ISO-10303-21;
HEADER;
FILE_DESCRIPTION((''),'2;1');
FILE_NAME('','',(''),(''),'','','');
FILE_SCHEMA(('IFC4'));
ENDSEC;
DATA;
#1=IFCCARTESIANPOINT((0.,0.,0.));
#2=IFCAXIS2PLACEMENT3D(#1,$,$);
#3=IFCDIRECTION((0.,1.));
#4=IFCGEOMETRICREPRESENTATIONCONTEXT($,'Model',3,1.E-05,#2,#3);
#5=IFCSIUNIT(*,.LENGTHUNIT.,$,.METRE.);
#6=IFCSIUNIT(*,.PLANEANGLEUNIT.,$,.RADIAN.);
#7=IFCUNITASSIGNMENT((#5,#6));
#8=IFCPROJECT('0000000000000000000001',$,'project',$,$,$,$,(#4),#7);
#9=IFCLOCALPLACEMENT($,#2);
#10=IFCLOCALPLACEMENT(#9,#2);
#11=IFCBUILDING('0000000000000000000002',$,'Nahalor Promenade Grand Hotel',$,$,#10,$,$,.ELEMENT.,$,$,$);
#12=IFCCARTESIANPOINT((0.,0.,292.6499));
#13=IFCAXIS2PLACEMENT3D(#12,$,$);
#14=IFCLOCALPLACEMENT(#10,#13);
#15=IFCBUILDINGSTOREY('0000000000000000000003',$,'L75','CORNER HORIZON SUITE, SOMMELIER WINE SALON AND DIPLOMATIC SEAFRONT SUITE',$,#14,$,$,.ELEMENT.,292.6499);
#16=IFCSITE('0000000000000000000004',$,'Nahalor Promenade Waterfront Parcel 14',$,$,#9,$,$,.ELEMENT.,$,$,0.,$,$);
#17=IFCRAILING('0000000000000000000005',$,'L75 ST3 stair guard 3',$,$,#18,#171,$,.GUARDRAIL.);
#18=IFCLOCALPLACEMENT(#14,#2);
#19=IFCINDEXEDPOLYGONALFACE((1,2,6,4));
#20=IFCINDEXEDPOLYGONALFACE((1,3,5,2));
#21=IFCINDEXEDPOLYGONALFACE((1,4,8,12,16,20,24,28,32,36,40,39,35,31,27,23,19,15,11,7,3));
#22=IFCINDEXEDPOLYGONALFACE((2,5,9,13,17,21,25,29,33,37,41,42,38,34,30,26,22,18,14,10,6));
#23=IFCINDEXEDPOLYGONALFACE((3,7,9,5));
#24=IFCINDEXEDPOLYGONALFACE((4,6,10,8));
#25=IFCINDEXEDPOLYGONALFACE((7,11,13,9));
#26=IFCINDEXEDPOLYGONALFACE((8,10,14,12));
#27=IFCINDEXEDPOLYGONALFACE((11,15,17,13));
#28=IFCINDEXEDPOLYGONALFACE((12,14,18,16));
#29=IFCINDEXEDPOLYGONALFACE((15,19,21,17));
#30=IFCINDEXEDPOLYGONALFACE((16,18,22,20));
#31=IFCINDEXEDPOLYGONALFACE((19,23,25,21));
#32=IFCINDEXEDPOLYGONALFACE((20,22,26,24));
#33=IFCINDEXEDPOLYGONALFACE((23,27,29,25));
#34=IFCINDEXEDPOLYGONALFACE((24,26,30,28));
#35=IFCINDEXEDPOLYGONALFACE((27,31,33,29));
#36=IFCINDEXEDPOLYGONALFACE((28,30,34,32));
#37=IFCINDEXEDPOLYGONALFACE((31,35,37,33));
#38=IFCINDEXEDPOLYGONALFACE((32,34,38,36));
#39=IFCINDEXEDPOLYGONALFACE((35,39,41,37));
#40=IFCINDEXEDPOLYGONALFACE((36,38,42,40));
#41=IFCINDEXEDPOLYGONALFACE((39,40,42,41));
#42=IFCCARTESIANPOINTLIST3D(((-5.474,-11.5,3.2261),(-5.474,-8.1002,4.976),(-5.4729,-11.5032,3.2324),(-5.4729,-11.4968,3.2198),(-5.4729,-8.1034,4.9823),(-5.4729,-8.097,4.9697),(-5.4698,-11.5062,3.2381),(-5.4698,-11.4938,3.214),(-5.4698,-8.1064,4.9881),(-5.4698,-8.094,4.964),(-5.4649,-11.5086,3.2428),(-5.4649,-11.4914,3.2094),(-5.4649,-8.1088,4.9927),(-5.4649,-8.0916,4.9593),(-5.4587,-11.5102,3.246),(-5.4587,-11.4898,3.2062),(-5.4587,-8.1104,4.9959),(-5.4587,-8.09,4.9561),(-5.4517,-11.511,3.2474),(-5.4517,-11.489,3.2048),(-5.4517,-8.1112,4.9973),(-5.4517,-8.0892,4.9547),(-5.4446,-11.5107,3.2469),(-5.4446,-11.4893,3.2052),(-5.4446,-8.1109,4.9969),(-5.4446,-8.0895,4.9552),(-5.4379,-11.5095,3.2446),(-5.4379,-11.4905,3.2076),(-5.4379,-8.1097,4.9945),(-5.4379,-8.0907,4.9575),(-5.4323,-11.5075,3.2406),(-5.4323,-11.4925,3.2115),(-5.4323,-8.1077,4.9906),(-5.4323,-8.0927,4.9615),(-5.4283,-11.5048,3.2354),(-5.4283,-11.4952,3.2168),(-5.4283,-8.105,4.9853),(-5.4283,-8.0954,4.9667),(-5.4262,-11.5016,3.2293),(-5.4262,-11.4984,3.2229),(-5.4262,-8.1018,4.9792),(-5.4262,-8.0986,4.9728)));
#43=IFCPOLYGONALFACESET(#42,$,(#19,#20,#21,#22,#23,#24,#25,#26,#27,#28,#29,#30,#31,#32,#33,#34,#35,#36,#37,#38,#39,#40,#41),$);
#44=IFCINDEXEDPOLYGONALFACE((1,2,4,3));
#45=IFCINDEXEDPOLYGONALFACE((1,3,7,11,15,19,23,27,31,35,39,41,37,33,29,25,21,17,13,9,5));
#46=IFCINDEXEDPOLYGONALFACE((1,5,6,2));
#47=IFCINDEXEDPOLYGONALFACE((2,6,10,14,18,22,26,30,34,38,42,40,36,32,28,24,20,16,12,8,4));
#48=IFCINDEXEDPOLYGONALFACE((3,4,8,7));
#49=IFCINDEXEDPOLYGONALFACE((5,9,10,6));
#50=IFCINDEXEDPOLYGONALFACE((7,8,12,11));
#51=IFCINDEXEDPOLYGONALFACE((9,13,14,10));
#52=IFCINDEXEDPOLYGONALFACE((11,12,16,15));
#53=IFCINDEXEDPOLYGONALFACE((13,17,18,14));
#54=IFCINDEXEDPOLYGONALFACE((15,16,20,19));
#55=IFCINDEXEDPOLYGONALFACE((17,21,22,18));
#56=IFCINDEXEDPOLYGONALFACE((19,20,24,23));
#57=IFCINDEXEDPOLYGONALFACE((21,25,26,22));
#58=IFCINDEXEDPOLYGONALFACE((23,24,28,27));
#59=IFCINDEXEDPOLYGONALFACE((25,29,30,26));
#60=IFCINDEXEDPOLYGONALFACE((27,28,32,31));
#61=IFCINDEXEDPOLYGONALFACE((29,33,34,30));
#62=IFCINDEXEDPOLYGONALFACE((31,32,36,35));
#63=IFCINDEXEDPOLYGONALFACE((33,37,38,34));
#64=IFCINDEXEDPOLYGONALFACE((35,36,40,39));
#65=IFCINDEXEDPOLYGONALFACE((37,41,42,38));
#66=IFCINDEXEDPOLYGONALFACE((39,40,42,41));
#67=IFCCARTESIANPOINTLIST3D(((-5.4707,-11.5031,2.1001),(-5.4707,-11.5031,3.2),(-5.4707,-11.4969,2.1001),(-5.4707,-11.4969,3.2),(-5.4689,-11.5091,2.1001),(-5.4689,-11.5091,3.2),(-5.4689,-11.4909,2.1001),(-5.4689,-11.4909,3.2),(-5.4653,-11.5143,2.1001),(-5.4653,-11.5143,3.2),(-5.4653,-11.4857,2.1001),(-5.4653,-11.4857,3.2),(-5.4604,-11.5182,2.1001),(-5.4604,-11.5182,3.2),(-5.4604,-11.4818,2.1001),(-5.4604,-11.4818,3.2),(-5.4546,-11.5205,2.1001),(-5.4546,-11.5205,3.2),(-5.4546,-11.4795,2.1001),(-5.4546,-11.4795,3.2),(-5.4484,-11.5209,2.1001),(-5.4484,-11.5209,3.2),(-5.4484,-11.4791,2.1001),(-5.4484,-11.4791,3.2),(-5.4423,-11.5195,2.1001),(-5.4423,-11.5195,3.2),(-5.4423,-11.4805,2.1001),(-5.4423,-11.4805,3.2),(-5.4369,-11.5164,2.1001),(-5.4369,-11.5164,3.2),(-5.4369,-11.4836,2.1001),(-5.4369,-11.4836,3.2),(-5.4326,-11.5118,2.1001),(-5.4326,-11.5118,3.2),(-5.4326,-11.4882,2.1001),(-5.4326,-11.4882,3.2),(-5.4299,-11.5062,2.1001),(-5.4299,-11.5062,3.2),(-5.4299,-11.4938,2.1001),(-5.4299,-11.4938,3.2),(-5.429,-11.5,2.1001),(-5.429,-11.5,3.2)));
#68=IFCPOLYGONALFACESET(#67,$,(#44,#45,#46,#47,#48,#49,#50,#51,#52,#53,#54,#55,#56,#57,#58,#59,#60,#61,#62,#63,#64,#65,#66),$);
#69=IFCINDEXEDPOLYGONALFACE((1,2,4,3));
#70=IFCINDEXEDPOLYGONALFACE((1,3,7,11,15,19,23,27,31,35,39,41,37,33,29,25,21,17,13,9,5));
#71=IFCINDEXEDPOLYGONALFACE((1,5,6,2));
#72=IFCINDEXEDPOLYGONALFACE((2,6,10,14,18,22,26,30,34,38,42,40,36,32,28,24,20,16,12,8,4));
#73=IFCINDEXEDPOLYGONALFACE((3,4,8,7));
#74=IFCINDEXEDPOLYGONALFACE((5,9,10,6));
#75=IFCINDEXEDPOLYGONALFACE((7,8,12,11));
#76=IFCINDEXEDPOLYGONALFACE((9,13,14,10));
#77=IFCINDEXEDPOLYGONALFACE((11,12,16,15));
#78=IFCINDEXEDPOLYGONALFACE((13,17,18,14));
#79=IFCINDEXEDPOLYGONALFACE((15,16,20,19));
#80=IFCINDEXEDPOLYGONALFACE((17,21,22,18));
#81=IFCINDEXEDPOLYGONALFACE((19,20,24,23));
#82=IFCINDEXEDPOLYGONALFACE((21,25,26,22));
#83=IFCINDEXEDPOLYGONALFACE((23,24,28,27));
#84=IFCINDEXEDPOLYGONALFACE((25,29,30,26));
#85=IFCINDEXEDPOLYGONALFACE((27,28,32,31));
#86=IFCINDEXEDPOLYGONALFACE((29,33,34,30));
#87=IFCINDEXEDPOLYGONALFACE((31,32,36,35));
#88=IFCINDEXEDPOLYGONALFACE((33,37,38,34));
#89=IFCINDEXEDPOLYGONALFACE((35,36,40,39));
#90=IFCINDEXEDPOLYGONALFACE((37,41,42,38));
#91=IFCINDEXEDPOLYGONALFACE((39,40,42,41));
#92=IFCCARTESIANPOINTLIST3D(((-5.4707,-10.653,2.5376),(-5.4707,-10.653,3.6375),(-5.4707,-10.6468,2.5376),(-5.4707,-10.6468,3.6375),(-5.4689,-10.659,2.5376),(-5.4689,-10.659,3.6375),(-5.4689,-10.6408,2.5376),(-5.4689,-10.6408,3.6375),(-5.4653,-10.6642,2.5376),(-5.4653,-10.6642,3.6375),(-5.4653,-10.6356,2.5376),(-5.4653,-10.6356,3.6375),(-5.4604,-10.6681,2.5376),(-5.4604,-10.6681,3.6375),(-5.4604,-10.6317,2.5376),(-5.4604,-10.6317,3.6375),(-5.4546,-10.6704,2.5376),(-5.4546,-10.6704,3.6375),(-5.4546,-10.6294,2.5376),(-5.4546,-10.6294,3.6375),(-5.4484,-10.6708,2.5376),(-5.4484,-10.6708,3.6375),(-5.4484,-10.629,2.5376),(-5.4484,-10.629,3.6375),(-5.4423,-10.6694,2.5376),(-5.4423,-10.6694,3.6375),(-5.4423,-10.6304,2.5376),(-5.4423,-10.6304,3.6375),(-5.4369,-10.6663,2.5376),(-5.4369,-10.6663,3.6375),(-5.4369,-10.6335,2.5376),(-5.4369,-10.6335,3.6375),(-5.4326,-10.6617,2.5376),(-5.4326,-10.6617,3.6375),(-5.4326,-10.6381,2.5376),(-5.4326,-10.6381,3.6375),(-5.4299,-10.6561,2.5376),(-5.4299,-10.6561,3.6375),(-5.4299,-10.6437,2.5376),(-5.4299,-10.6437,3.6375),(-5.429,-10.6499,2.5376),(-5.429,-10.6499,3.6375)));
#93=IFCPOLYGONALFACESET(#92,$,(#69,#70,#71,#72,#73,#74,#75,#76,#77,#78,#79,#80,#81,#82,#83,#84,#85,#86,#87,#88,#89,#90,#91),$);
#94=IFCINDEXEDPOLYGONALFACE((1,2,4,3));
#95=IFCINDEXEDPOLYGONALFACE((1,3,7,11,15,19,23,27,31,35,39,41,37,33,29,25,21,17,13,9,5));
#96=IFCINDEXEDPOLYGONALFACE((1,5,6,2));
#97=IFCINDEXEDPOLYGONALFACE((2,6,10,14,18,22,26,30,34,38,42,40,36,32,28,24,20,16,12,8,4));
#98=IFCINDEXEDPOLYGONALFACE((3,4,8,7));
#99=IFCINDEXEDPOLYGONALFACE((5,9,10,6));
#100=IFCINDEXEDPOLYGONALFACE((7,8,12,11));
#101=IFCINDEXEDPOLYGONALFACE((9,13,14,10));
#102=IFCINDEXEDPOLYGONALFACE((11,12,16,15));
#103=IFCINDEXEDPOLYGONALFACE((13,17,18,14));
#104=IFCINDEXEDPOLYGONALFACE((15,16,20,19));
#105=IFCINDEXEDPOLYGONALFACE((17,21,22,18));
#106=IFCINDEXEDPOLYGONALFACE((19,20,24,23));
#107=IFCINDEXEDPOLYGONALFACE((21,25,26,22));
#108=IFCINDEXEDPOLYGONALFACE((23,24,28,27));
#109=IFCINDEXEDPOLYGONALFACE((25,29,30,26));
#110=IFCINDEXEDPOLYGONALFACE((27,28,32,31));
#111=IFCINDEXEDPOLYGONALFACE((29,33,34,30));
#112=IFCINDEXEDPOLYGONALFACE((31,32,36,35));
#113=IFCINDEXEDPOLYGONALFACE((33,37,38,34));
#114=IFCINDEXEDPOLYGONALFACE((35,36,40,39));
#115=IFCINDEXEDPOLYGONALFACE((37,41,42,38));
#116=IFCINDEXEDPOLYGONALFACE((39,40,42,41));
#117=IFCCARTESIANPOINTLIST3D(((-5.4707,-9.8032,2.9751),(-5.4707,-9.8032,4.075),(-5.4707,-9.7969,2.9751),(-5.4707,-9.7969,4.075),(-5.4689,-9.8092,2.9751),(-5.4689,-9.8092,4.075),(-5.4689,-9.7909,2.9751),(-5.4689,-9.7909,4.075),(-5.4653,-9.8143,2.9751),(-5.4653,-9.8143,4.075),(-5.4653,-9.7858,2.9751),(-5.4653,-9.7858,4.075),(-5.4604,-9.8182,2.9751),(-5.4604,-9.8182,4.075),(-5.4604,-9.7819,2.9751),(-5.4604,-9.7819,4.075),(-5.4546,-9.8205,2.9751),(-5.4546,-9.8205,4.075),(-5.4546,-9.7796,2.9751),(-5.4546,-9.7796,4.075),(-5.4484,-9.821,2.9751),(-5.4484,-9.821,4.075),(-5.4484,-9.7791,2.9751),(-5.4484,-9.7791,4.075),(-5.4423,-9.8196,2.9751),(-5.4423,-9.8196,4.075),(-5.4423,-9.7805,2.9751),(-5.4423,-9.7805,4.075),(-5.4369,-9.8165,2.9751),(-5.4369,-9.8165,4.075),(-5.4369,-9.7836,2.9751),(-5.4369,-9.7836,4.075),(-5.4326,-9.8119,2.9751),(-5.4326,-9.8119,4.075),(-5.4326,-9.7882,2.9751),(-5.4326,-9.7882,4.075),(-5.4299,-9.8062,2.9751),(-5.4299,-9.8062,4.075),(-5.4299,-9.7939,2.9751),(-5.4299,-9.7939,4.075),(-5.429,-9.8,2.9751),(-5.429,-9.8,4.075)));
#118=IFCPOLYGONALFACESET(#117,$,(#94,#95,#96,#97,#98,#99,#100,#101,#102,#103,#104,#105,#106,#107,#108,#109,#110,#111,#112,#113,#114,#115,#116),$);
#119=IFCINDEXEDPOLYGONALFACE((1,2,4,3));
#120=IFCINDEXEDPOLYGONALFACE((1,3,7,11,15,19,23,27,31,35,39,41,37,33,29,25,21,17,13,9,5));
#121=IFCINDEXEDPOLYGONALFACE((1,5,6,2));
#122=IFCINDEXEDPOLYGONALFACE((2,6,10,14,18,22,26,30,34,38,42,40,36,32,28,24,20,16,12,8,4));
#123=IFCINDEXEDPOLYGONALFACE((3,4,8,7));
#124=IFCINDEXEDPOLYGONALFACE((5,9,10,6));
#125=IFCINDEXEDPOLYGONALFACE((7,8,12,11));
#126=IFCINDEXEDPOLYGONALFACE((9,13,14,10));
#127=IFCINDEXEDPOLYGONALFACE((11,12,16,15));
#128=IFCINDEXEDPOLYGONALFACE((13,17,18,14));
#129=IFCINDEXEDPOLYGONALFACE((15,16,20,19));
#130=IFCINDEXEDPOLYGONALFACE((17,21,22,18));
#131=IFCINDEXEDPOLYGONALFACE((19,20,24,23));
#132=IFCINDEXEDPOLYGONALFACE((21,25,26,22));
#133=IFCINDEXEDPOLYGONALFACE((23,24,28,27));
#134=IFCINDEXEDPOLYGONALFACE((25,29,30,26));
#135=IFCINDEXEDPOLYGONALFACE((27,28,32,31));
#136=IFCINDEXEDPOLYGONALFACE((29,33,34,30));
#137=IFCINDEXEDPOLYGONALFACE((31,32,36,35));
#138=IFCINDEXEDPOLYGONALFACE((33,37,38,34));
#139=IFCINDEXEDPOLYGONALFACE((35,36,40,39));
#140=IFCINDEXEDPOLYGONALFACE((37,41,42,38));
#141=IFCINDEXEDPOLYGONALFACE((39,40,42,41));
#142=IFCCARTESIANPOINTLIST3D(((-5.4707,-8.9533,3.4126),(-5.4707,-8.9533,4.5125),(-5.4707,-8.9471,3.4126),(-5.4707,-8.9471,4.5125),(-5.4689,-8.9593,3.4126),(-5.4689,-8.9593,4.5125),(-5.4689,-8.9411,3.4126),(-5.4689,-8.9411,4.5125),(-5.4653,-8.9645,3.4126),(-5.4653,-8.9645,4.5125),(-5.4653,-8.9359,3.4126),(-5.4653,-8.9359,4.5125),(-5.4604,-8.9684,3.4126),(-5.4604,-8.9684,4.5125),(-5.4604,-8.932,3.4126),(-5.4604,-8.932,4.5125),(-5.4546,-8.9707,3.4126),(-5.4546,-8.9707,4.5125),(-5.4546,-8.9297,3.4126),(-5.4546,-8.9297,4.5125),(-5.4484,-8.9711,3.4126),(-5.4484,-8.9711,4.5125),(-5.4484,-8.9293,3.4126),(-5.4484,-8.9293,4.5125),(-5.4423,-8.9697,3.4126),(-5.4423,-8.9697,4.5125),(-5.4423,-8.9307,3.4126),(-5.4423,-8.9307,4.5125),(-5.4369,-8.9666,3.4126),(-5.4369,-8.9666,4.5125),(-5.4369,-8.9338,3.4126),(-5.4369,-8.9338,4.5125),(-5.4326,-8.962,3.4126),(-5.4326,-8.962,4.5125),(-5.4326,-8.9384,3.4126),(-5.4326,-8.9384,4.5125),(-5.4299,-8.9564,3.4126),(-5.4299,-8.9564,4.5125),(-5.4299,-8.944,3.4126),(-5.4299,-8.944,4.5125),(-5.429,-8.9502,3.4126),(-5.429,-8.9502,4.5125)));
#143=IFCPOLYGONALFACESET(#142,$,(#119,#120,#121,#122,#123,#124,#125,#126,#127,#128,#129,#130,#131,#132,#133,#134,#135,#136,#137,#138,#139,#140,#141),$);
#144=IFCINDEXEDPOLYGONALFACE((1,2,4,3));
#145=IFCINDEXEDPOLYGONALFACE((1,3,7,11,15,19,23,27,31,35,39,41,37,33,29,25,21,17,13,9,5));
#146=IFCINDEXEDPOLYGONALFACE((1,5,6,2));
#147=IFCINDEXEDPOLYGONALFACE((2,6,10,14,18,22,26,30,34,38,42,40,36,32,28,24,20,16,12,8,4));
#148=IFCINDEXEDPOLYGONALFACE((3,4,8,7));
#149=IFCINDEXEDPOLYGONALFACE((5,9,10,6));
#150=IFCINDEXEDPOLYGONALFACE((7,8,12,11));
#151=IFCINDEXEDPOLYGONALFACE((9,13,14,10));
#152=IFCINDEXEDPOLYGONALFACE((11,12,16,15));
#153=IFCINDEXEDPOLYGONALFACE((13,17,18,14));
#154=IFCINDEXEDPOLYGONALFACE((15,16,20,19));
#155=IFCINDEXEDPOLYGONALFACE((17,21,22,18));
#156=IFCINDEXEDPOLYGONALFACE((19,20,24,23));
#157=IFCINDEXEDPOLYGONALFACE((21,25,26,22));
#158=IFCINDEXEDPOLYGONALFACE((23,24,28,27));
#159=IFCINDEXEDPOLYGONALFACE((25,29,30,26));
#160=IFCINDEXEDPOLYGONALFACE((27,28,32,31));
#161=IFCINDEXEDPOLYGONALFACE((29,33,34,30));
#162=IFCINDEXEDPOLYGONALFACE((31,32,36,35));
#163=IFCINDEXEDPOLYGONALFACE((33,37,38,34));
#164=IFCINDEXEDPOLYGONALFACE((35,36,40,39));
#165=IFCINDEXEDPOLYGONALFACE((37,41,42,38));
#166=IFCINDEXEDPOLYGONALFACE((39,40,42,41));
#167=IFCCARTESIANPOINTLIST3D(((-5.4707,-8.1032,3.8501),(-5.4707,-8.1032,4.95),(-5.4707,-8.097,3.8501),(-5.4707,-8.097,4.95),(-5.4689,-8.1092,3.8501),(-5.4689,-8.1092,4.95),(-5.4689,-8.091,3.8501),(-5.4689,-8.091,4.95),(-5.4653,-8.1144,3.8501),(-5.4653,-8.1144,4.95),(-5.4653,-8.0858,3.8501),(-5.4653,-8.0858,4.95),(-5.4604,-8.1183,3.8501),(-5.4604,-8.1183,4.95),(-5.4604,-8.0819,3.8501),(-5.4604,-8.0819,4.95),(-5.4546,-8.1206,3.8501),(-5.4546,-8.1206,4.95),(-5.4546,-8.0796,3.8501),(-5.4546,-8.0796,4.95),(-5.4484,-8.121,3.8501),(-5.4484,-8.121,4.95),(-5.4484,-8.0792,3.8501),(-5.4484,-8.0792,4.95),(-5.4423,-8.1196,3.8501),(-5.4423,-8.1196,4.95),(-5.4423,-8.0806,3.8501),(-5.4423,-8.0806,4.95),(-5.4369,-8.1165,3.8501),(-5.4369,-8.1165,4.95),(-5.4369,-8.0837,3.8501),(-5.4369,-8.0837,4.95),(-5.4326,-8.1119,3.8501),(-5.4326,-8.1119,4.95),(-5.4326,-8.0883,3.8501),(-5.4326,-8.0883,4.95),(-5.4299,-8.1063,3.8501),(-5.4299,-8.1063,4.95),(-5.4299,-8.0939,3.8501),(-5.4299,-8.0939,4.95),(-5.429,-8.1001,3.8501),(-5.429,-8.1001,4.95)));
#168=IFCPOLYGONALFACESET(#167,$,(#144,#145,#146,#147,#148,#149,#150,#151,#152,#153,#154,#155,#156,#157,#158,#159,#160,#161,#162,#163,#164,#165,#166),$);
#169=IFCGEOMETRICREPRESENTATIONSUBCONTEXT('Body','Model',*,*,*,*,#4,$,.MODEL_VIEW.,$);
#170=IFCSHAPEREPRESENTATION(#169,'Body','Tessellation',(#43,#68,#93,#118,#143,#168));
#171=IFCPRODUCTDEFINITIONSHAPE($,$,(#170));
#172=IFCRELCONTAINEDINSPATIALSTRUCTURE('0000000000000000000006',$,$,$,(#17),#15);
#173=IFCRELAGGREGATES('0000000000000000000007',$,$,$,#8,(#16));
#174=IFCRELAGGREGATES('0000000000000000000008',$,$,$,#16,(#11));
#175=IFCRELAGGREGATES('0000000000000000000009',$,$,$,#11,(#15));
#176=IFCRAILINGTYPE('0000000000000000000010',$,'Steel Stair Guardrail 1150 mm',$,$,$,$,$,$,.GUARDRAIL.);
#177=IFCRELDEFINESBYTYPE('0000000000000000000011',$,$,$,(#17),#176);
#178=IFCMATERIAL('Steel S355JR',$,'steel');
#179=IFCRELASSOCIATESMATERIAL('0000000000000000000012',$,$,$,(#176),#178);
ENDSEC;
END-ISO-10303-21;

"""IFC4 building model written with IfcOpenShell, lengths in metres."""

from ifc_helpers import new_model, si_unit, direction, frame, origin, origin_2d, place, context, subcontext, project, spatial, circle, extrude, material, type_object, element, save


model = new_model("IFC4")

# Units and contexts
model_context = context("Model", 3, precision=1e-05, world=origin(), true_north=direction((0.0, 1.0)))
body_context = subcontext(model_context, "Body", "Model", "MODEL_VIEW")
ifc_project = project(units=[si_unit("LENGTHUNIT", "METRE"), si_unit("PLANEANGLEUNIT", "RADIAN")], contexts=[model_context])

# Site, building, storey
site_placement = place(None, origin())
site = spatial("IfcSite", under=ifc_project, at=site_placement, Name="Nahalor Promenade Waterfront Parcel 14", CompositionType="ELEMENT", RefElevation=0.0)
building_placement = place(site_placement, origin())
building = spatial("IfcBuilding", under=site, at=building_placement, Name="Nahalor Promenade Grand Hotel", CompositionType="ELEMENT")
storey_placement = place(building_placement, frame((0.0, 0.0, 292.6499)))
storey = spatial("IfcBuildingStorey", under=building, at=storey_placement, Name="L75", Description="CORNER HORIZON SUITE, SOMMELIER WINE SALON AND DIPLOMATIC SEAFRONT SUITE", CompositionType="ELEMENT", Elevation=292.6499)

# Shared definitions
ifc_material_1 = material(Name="Steel S355JR", Category="steel")

# Railing
railing_type_1 = type_object("IfcRailingType", Name="Steel Stair Guardrail 1150 mm", PredefinedType="GUARDRAIL", material=ifc_material_1)
railing_1_placement = place(storey_placement, frame((-5.45, -11.5, 2.1001)))
element("IfcRailing", 1, at=railing_1_placement, inside=storey, type_object=railing_type_1, Name="L75 ST3 stair guard 3", PredefinedType="GUARDRAIL", context=body_context, shape_type="SweptSolid", body=[
    extrude(circle(Radius=0.024, at=origin_2d()), frame((0.0, 0.0, 1.126), z_axis=(0.0, 0.88913, 0.457654), x_axis=(-1.0, 0.0, 0.0)), (0.0, 0.0, 1.0), 3.8237),
    extrude(circle(Radius=0.021, at=origin_2d()), origin(), (0.0, 0.0, 1.0), 1.0999),
    extrude(circle(Radius=0.021, at=origin_2d()), frame((0.0, 0.8501, 0.4375)), (0.0, 0.0, 1.0), 1.0999),
    extrude(circle(Radius=0.021, at=origin_2d()), frame((0.0, 1.7, 0.875)), (0.0, 0.0, 1.0), 1.0999),
    extrude(circle(Radius=0.021, at=origin_2d()), frame((0.0, 2.5498, 1.3125)), (0.0, 0.0, 1.0), 1.0999),
    extrude(circle(Radius=0.021, at=origin_2d()), frame((0.0, 3.3999, 1.75)), (0.0, 0.0, 1.0), 1.0999),
])

save(model, "model.ifc")
